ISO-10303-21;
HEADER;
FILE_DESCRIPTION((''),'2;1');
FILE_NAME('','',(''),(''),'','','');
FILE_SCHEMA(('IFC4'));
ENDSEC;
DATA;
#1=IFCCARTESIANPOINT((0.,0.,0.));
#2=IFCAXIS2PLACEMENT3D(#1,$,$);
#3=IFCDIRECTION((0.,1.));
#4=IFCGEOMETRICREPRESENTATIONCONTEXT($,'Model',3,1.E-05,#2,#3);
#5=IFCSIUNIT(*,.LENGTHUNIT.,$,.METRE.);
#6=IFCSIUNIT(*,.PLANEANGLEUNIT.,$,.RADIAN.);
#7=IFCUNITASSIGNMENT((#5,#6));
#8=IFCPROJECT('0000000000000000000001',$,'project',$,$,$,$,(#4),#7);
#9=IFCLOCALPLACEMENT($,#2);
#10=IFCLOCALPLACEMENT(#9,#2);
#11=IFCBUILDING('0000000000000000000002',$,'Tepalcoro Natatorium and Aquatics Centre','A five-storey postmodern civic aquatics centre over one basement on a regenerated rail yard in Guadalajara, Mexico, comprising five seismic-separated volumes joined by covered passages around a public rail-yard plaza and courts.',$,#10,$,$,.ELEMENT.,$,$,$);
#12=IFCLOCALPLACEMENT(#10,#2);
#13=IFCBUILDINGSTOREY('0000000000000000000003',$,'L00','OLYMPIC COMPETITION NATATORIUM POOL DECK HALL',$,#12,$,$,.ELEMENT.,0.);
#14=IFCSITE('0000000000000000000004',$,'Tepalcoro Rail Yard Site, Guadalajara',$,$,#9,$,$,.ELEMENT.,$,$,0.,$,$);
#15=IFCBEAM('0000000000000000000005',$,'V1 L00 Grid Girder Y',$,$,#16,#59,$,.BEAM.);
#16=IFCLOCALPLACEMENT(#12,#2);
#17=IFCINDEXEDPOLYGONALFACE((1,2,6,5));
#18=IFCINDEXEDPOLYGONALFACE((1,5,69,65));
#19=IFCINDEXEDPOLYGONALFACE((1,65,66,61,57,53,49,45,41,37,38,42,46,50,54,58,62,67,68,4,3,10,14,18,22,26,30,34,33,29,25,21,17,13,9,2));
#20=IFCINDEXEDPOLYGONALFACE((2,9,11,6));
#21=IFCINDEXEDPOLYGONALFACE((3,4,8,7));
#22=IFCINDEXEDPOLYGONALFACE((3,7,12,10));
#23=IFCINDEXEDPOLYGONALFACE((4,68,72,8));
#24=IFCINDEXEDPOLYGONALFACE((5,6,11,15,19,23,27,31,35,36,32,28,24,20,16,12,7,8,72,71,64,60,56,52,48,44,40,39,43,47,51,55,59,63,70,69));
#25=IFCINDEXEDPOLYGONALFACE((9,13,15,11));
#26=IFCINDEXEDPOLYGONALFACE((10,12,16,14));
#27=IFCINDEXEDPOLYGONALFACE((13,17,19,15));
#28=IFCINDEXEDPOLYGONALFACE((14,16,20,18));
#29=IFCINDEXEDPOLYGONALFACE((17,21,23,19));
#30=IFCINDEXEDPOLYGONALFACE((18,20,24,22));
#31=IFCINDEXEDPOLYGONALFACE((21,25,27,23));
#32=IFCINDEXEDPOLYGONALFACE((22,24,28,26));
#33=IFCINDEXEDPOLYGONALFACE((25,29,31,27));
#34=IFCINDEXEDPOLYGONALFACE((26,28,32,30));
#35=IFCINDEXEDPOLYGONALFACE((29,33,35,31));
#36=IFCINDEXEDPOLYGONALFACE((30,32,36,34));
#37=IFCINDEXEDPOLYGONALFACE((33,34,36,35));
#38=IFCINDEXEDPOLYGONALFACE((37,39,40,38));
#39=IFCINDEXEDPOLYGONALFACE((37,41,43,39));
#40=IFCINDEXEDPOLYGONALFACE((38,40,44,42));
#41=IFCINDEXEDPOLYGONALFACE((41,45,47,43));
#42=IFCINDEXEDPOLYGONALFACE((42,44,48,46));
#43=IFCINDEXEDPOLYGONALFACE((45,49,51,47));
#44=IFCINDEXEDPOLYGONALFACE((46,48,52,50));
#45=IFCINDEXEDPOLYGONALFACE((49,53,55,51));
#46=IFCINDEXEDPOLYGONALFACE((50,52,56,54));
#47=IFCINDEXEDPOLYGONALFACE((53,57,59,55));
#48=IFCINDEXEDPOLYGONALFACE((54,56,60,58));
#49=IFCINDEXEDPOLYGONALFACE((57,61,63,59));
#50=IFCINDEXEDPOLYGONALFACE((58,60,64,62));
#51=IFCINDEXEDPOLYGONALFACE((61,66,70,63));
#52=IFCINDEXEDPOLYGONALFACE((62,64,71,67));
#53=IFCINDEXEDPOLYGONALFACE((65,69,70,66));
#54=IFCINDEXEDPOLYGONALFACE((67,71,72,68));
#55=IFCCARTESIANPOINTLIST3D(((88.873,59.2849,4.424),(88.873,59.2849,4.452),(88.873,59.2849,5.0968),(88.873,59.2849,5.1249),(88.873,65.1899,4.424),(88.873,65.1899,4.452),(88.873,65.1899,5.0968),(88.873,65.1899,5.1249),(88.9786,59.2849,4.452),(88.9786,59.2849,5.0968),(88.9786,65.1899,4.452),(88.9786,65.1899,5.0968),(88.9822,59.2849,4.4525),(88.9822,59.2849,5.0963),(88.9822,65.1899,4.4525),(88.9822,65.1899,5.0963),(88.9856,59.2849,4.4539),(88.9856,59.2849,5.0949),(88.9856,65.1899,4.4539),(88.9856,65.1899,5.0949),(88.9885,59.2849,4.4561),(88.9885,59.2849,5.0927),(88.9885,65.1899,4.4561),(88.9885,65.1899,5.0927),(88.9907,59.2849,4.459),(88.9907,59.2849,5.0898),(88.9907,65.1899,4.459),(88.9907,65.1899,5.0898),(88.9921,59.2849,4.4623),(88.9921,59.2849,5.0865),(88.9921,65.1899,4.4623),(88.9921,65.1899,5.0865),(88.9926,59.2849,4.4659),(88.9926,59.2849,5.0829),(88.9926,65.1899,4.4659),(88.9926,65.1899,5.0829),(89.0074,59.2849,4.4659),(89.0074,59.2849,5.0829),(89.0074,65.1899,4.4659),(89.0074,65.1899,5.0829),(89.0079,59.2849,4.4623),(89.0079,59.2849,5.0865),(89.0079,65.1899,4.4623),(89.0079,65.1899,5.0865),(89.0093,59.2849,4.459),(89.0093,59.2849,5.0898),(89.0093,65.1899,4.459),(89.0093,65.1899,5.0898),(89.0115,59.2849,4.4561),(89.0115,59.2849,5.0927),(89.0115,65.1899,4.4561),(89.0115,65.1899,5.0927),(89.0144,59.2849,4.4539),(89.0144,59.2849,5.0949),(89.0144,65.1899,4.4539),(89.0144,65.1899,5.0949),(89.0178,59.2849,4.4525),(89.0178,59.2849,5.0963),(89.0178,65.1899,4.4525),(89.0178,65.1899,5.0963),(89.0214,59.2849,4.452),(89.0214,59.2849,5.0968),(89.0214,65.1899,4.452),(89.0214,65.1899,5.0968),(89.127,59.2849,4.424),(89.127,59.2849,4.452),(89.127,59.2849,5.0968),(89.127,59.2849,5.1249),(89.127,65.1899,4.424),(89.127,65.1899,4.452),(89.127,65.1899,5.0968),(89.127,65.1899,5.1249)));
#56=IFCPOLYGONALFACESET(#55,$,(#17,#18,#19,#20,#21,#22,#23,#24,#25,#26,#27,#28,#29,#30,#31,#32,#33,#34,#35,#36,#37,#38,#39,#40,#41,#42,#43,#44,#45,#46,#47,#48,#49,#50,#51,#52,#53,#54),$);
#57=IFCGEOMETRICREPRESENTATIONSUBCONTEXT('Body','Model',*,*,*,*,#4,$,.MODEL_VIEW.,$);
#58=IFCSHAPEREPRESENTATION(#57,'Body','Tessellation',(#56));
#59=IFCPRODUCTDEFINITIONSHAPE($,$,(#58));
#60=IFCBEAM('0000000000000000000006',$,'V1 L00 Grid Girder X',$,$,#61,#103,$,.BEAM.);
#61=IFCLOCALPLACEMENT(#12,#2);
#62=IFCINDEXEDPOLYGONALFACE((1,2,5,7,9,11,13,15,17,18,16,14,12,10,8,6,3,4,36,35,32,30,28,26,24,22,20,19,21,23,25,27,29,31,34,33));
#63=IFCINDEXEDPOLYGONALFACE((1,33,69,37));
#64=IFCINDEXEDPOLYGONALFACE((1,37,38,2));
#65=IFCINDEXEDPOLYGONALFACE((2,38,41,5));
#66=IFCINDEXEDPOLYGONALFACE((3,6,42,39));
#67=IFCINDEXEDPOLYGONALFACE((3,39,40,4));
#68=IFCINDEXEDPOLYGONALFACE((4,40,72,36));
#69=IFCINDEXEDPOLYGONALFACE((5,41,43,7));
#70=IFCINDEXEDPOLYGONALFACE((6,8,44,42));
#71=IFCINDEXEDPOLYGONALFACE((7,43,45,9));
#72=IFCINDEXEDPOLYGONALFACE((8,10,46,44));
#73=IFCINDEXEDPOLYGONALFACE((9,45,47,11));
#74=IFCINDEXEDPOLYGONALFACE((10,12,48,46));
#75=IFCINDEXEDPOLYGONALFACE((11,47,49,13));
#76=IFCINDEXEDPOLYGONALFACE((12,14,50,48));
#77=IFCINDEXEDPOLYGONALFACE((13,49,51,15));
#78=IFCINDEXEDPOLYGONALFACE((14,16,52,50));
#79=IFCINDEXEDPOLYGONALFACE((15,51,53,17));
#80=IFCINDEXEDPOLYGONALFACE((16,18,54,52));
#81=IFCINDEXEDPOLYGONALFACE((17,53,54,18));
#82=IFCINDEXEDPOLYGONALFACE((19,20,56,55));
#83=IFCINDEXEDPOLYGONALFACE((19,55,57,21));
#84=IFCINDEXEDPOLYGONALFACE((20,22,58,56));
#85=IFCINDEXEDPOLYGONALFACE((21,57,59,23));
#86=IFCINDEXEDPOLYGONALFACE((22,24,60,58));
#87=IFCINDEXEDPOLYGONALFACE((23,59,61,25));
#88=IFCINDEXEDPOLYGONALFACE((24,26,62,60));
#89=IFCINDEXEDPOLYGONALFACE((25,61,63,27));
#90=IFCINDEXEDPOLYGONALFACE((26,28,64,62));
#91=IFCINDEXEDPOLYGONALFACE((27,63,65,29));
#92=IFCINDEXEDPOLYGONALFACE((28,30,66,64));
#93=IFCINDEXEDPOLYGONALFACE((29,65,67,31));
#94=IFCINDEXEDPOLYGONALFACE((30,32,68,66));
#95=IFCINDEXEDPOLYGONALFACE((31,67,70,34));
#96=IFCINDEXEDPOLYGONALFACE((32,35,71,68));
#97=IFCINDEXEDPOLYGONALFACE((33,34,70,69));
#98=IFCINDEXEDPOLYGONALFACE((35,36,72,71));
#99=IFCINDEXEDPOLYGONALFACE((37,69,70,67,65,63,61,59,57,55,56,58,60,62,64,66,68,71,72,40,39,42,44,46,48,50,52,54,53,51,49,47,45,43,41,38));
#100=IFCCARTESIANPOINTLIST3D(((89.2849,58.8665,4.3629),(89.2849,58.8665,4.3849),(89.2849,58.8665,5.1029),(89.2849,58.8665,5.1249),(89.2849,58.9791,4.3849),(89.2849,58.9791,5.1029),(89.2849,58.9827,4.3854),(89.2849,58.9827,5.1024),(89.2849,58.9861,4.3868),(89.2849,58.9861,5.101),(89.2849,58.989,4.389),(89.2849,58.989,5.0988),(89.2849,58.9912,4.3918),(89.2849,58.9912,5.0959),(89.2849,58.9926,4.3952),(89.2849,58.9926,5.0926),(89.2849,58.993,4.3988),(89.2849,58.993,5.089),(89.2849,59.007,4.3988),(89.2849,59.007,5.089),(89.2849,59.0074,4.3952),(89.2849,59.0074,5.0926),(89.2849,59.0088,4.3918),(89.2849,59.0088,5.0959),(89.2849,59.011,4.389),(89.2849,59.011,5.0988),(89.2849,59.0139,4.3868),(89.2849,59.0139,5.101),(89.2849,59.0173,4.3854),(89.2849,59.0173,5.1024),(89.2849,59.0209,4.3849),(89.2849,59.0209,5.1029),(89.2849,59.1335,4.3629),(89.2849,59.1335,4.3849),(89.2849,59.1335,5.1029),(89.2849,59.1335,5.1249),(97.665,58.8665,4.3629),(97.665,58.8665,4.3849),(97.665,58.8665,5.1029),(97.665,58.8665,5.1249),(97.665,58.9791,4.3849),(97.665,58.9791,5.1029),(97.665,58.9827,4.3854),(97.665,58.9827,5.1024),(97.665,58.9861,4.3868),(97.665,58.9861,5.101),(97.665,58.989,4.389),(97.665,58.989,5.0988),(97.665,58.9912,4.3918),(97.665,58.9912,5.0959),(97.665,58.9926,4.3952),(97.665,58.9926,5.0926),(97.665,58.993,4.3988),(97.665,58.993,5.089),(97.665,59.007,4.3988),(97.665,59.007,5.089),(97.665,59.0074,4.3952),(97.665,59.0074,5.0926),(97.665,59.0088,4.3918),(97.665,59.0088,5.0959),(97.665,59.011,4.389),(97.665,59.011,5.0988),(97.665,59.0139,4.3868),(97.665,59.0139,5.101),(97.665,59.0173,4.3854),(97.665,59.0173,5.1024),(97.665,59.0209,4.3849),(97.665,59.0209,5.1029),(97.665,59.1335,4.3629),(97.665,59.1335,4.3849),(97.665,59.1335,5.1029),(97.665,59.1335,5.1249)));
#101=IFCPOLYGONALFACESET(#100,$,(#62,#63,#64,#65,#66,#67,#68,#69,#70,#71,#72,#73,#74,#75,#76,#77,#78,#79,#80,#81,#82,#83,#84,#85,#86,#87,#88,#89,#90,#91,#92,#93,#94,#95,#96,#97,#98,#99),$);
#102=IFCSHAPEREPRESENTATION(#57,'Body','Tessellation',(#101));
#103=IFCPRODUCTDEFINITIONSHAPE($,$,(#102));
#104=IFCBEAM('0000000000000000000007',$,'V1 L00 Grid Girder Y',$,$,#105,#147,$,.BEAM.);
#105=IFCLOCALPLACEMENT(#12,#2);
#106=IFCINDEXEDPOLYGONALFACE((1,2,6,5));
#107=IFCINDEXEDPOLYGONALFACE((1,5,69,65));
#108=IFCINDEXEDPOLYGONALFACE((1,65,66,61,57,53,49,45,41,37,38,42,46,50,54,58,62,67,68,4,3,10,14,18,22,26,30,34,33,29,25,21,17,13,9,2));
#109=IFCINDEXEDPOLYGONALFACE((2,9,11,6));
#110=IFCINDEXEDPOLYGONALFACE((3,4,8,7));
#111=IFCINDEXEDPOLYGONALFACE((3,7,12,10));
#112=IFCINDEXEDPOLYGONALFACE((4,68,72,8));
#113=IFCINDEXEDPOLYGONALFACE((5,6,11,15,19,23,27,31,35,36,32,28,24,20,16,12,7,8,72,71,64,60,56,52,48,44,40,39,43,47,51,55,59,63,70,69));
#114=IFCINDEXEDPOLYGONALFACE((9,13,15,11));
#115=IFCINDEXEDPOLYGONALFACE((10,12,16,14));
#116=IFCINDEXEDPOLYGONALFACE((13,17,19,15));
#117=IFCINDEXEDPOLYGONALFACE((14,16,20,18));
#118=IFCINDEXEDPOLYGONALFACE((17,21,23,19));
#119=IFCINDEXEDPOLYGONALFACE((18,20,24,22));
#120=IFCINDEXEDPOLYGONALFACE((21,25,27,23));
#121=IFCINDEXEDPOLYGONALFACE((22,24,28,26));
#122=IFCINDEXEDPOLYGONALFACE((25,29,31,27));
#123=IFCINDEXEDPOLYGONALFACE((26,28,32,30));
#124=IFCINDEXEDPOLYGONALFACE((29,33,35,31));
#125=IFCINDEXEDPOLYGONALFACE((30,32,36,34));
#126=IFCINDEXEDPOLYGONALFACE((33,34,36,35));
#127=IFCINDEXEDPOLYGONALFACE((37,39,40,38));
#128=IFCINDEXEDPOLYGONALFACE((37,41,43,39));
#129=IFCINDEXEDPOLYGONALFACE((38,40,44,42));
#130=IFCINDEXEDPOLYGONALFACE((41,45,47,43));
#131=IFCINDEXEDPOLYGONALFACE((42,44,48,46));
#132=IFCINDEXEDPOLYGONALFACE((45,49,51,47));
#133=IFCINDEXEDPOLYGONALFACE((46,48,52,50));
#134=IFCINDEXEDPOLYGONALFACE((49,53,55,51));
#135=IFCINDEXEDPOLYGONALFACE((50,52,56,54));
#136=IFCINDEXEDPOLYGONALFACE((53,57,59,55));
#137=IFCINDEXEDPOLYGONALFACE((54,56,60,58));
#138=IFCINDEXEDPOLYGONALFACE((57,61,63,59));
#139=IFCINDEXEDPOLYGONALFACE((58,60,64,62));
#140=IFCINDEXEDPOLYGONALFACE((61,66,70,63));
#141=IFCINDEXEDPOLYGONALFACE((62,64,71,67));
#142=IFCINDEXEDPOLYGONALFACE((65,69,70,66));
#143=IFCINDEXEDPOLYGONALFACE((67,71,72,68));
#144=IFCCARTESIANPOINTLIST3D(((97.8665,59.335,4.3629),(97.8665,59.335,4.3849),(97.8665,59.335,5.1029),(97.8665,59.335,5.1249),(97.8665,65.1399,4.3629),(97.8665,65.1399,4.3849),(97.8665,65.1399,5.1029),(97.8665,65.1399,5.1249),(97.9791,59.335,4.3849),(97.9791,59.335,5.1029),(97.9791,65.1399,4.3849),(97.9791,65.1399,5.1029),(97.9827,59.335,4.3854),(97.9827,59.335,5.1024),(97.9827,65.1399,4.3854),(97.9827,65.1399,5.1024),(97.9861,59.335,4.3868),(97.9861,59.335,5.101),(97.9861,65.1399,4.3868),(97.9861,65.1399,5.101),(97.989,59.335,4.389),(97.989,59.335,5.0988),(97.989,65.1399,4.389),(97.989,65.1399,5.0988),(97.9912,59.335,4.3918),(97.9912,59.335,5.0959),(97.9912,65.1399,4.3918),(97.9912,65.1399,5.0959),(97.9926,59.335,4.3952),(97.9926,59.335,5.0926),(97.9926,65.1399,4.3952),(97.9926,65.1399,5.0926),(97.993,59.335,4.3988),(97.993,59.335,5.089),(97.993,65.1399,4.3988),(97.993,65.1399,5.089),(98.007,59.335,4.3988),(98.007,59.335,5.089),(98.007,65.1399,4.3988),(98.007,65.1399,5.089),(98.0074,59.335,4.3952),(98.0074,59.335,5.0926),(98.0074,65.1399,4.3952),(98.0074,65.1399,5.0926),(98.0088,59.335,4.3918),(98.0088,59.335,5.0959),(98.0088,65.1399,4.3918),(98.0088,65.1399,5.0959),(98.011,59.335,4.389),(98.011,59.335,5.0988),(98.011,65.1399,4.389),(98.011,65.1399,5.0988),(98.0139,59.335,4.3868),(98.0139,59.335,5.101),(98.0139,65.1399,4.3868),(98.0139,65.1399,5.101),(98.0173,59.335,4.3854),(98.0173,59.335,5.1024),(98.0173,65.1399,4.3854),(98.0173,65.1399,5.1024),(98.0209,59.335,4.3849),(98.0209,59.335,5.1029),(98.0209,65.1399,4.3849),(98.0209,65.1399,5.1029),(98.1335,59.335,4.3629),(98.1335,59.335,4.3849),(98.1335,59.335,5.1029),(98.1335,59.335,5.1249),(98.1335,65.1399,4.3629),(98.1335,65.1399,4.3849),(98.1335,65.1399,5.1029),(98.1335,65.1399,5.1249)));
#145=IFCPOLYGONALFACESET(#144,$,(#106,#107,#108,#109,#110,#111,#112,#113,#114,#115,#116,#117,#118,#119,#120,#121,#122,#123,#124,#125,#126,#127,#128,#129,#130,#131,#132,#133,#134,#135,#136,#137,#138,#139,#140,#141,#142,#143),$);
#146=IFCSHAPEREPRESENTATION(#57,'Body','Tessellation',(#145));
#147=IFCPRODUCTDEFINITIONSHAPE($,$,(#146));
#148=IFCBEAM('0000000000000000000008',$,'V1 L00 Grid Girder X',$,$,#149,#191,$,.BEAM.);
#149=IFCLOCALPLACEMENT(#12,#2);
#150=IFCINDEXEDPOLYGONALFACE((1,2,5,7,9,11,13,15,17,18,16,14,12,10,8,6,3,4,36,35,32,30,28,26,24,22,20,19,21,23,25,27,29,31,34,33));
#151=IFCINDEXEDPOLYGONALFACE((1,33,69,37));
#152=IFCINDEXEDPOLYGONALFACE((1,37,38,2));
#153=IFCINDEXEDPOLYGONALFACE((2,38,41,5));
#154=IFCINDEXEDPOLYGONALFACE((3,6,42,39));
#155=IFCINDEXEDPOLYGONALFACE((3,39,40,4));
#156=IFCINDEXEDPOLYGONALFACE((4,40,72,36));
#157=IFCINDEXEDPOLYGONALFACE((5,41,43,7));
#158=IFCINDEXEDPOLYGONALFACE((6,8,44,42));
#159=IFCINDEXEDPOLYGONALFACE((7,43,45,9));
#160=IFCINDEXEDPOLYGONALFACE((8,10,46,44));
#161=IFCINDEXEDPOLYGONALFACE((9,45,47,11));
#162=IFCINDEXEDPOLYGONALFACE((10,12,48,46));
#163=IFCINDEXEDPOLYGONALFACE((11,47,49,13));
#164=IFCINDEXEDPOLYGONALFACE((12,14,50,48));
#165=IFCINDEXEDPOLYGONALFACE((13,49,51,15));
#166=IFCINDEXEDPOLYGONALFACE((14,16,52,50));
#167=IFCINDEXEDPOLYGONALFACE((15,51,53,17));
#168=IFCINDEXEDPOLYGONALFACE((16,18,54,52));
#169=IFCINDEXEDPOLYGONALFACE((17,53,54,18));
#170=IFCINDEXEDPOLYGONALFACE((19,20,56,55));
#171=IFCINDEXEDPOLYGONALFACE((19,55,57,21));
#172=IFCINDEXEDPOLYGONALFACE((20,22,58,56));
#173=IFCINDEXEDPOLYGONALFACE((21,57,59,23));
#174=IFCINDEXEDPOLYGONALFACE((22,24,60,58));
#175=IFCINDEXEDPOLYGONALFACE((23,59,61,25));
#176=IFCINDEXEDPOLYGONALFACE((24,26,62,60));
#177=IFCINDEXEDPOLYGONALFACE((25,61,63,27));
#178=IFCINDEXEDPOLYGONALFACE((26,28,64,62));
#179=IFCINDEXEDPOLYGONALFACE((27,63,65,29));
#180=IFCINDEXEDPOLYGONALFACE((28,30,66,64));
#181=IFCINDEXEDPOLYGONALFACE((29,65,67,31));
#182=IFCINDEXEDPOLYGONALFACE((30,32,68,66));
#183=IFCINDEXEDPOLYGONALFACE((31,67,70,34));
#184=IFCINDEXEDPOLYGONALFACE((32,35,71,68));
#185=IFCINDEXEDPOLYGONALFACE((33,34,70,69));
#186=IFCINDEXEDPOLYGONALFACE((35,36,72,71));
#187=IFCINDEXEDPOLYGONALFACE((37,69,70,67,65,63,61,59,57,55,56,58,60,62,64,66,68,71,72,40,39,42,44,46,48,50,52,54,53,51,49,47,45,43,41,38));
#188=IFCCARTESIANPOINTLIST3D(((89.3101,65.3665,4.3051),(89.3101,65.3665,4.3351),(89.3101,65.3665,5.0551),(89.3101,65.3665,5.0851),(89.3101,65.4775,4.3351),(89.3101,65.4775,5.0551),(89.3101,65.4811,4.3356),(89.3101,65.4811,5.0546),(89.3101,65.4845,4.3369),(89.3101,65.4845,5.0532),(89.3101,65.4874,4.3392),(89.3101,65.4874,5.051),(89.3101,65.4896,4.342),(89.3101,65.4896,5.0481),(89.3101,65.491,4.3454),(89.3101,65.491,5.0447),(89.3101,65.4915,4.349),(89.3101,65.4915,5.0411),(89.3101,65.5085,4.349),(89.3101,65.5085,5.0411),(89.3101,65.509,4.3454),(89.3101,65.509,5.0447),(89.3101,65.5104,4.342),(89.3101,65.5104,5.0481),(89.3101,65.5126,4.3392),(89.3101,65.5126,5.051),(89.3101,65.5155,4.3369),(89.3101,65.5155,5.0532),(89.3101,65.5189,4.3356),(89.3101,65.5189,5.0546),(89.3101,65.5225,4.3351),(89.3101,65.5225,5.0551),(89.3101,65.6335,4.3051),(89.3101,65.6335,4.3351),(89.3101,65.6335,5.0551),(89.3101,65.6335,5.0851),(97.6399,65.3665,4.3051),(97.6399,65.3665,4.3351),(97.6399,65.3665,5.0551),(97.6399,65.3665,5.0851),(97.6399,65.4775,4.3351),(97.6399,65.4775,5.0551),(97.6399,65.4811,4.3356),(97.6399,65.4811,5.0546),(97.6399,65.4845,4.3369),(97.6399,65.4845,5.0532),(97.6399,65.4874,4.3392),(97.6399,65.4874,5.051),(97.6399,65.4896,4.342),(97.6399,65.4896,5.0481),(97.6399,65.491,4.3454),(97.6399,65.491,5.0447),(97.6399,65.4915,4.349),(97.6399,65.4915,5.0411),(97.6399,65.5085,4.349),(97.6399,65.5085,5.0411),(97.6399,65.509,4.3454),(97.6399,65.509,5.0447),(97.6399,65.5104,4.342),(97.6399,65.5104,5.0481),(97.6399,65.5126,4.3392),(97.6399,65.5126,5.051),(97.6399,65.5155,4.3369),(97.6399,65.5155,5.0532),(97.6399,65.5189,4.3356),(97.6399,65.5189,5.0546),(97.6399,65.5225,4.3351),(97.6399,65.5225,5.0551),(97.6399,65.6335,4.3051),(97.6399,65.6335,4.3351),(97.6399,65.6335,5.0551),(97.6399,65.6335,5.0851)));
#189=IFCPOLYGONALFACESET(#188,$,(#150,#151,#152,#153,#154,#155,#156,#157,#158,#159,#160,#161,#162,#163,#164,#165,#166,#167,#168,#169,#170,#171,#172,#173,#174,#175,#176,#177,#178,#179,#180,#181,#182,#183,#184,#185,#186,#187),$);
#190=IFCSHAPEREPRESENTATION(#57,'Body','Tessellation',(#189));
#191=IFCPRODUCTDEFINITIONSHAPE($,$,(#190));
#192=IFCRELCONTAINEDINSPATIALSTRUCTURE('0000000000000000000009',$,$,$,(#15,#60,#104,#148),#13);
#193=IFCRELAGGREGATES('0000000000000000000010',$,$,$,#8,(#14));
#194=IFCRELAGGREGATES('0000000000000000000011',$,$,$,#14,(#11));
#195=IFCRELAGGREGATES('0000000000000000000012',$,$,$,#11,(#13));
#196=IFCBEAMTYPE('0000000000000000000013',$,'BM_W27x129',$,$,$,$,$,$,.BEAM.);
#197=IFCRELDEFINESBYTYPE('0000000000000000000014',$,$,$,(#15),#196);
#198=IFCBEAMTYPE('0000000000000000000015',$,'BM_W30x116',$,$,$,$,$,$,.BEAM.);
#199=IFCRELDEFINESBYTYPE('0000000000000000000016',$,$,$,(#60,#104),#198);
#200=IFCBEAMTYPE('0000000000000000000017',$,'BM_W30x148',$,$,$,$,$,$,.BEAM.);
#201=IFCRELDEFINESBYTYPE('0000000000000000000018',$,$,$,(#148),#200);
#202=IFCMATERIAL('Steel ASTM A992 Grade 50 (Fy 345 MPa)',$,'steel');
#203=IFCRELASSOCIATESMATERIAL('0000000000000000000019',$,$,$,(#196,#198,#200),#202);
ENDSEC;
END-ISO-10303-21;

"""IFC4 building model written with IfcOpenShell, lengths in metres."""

from ifc_helpers import new_model, si_unit, direction, frame, origin, origin_2d, place, context, subcontext, project, spatial, i_section, extrude, material, material_profile, profile_set, type_object, element, save


model = new_model("IFC4")

# Units and contexts
model_context = context("Model", 3, precision=1e-05, world=origin(), true_north=direction((0.0, 1.0)))
body_context = subcontext(model_context, "Body", "Model", "MODEL_VIEW")
ifc_project = project(units=[si_unit("LENGTHUNIT", "METRE"), si_unit("PLANEANGLEUNIT", "RADIAN")], contexts=[model_context])

# Site, building, storey
site_placement = place(None, origin())
site = spatial("IfcSite", under=ifc_project, at=site_placement, Name="Tepalcoro Rail Yard Site, Guadalajara", CompositionType="ELEMENT", RefElevation=0.0)
building_placement = place(site_placement, origin())
building = spatial("IfcBuilding", under=site, at=building_placement, Name="Tepalcoro Natatorium and Aquatics Centre", Description="A five-storey postmodern civic aquatics centre over one basement on a regenerated rail yard in Guadalajara, Mexico, comprising five seismic-separated volumes joined by covered passages around a public rail-yard plaza and courts.", CompositionType="ELEMENT")
storey_placement = place(building_placement, origin())
storey = spatial("IfcBuildingStorey", under=building, at=storey_placement, Name="L00", Description="OLYMPIC COMPETITION NATATORIUM POOL DECK HALL", CompositionType="ELEMENT", Elevation=0.0)

# Beams
ifc_material_1 = material(Name="Steel ASTM A992 Grade 50 (Fy 345 MPa)", Category="steel")
ifc_material_profile_1 = material_profile(ifc_material_1, i_section(OverallWidth=0.2539, OverallDepth=0.7009, WebThickness=0.0149, FlangeThickness=0.0281, FilletRadius=0.0139, at=origin_2d()), Name="W27X129")
ifc_profile_set_1 = profile_set([ifc_material_profile_1], Name="Steel ASTM A992 Grade 50 (Fy 345 MPa)")
beam_type_1 = type_object("IfcBeamType", Name="BM_W27x129", PredefinedType="BEAM", material=ifc_profile_set_1)
beam_1_placement = place(storey_placement, frame((89.0, 59.2849, 4.7744), z_axis=(0.0, 1.0, 0.0), x_axis=(-1.0, 0.0, 0.0)))
element("IfcBeam", 1, at=beam_1_placement, inside=storey, type_object=beam_type_1, Name="V1 L00 Grid Girder Y", PredefinedType="BEAM", context=body_context, shape_type="SweptSolid", body=[
    extrude(i_section(OverallWidth=0.2539, OverallDepth=0.7009, WebThickness=0.0149, FlangeThickness=0.0281, FilletRadius=0.0139, at=origin_2d()), origin(), (0.0, 0.0, 1.0), 5.905),
])
ifc_material_profile_2 = material_profile(ifc_material_1, i_section(OverallWidth=0.2671, OverallDepth=0.762, WebThickness=0.0139, FlangeThickness=0.022, FilletRadius=0.0139, at=origin_2d()), Name="W30X116")
ifc_profile_set_2 = profile_set([ifc_material_profile_2], Name="Steel ASTM A992 Grade 50 (Fy 345 MPa)")
beam_type_2 = type_object("IfcBeamType", Name="BM_W30x116", PredefinedType="BEAM", material=ifc_profile_set_2)
beam_2_placement = place(storey_placement, frame((89.2849, 59.0, 4.7439), z_axis=(1.0, 0.0, 0.0), x_axis=(0.0, 1.0, 0.0)))
element("IfcBeam", 2, at=beam_2_placement, inside=storey, type_object=beam_type_2, Name="V1 L00 Grid Girder X", PredefinedType="BEAM", context=body_context, shape_type="SweptSolid", body=[
    extrude(i_section(OverallWidth=0.2671, OverallDepth=0.762, WebThickness=0.0139, FlangeThickness=0.022, FilletRadius=0.0139, at=origin_2d()), origin(), (0.0, 0.0, 1.0), 8.3801),
])
beam_3_placement = place(storey_placement, frame((98.0, 59.335, 4.7439), z_axis=(0.0, 1.0, 0.0), x_axis=(-1.0, 0.0, 0.0)))
element("IfcBeam", 3, at=beam_3_placement, inside=storey, type_object=beam_type_2, Name="V1 L00 Grid Girder Y", PredefinedType="BEAM", context=body_context, shape_type="SweptSolid", body=[
    extrude(i_section(OverallWidth=0.2671, OverallDepth=0.762, WebThickness=0.0139, FlangeThickness=0.022, FilletRadius=0.0139, at=origin_2d()), origin(), (0.0, 0.0, 1.0), 5.8049),
])
ifc_material_profile_3 = material_profile(ifc_material_1, i_section(OverallWidth=0.2671, OverallDepth=0.78, WebThickness=0.0171, FlangeThickness=0.03, FilletRadius=0.0139, at=origin_2d()), Name="W30X148")
ifc_profile_set_3 = profile_set([ifc_material_profile_3], Name="Steel ASTM A992 Grade 50 (Fy 345 MPa)")
beam_type_3 = type_object("IfcBeamType", Name="BM_W30x148", PredefinedType="BEAM", material=ifc_profile_set_3)
beam_4_placement = place(storey_placement, frame((89.3101, 65.5, 4.6951), z_axis=(1.0, 0.0, 0.0), x_axis=(0.0, 1.0, 0.0)))
element("IfcBeam", 4, at=beam_4_placement, inside=storey, type_object=beam_type_3, Name="V1 L00 Grid Girder X", PredefinedType="BEAM", context=body_context, shape_type="SweptSolid", body=[
    extrude(i_section(OverallWidth=0.2671, OverallDepth=0.78, WebThickness=0.0171, FlangeThickness=0.03, FilletRadius=0.0139, at=origin_2d()), origin(), (0.0, 0.0, 1.0), 8.3298),
])

save(model, "model.ifc")
